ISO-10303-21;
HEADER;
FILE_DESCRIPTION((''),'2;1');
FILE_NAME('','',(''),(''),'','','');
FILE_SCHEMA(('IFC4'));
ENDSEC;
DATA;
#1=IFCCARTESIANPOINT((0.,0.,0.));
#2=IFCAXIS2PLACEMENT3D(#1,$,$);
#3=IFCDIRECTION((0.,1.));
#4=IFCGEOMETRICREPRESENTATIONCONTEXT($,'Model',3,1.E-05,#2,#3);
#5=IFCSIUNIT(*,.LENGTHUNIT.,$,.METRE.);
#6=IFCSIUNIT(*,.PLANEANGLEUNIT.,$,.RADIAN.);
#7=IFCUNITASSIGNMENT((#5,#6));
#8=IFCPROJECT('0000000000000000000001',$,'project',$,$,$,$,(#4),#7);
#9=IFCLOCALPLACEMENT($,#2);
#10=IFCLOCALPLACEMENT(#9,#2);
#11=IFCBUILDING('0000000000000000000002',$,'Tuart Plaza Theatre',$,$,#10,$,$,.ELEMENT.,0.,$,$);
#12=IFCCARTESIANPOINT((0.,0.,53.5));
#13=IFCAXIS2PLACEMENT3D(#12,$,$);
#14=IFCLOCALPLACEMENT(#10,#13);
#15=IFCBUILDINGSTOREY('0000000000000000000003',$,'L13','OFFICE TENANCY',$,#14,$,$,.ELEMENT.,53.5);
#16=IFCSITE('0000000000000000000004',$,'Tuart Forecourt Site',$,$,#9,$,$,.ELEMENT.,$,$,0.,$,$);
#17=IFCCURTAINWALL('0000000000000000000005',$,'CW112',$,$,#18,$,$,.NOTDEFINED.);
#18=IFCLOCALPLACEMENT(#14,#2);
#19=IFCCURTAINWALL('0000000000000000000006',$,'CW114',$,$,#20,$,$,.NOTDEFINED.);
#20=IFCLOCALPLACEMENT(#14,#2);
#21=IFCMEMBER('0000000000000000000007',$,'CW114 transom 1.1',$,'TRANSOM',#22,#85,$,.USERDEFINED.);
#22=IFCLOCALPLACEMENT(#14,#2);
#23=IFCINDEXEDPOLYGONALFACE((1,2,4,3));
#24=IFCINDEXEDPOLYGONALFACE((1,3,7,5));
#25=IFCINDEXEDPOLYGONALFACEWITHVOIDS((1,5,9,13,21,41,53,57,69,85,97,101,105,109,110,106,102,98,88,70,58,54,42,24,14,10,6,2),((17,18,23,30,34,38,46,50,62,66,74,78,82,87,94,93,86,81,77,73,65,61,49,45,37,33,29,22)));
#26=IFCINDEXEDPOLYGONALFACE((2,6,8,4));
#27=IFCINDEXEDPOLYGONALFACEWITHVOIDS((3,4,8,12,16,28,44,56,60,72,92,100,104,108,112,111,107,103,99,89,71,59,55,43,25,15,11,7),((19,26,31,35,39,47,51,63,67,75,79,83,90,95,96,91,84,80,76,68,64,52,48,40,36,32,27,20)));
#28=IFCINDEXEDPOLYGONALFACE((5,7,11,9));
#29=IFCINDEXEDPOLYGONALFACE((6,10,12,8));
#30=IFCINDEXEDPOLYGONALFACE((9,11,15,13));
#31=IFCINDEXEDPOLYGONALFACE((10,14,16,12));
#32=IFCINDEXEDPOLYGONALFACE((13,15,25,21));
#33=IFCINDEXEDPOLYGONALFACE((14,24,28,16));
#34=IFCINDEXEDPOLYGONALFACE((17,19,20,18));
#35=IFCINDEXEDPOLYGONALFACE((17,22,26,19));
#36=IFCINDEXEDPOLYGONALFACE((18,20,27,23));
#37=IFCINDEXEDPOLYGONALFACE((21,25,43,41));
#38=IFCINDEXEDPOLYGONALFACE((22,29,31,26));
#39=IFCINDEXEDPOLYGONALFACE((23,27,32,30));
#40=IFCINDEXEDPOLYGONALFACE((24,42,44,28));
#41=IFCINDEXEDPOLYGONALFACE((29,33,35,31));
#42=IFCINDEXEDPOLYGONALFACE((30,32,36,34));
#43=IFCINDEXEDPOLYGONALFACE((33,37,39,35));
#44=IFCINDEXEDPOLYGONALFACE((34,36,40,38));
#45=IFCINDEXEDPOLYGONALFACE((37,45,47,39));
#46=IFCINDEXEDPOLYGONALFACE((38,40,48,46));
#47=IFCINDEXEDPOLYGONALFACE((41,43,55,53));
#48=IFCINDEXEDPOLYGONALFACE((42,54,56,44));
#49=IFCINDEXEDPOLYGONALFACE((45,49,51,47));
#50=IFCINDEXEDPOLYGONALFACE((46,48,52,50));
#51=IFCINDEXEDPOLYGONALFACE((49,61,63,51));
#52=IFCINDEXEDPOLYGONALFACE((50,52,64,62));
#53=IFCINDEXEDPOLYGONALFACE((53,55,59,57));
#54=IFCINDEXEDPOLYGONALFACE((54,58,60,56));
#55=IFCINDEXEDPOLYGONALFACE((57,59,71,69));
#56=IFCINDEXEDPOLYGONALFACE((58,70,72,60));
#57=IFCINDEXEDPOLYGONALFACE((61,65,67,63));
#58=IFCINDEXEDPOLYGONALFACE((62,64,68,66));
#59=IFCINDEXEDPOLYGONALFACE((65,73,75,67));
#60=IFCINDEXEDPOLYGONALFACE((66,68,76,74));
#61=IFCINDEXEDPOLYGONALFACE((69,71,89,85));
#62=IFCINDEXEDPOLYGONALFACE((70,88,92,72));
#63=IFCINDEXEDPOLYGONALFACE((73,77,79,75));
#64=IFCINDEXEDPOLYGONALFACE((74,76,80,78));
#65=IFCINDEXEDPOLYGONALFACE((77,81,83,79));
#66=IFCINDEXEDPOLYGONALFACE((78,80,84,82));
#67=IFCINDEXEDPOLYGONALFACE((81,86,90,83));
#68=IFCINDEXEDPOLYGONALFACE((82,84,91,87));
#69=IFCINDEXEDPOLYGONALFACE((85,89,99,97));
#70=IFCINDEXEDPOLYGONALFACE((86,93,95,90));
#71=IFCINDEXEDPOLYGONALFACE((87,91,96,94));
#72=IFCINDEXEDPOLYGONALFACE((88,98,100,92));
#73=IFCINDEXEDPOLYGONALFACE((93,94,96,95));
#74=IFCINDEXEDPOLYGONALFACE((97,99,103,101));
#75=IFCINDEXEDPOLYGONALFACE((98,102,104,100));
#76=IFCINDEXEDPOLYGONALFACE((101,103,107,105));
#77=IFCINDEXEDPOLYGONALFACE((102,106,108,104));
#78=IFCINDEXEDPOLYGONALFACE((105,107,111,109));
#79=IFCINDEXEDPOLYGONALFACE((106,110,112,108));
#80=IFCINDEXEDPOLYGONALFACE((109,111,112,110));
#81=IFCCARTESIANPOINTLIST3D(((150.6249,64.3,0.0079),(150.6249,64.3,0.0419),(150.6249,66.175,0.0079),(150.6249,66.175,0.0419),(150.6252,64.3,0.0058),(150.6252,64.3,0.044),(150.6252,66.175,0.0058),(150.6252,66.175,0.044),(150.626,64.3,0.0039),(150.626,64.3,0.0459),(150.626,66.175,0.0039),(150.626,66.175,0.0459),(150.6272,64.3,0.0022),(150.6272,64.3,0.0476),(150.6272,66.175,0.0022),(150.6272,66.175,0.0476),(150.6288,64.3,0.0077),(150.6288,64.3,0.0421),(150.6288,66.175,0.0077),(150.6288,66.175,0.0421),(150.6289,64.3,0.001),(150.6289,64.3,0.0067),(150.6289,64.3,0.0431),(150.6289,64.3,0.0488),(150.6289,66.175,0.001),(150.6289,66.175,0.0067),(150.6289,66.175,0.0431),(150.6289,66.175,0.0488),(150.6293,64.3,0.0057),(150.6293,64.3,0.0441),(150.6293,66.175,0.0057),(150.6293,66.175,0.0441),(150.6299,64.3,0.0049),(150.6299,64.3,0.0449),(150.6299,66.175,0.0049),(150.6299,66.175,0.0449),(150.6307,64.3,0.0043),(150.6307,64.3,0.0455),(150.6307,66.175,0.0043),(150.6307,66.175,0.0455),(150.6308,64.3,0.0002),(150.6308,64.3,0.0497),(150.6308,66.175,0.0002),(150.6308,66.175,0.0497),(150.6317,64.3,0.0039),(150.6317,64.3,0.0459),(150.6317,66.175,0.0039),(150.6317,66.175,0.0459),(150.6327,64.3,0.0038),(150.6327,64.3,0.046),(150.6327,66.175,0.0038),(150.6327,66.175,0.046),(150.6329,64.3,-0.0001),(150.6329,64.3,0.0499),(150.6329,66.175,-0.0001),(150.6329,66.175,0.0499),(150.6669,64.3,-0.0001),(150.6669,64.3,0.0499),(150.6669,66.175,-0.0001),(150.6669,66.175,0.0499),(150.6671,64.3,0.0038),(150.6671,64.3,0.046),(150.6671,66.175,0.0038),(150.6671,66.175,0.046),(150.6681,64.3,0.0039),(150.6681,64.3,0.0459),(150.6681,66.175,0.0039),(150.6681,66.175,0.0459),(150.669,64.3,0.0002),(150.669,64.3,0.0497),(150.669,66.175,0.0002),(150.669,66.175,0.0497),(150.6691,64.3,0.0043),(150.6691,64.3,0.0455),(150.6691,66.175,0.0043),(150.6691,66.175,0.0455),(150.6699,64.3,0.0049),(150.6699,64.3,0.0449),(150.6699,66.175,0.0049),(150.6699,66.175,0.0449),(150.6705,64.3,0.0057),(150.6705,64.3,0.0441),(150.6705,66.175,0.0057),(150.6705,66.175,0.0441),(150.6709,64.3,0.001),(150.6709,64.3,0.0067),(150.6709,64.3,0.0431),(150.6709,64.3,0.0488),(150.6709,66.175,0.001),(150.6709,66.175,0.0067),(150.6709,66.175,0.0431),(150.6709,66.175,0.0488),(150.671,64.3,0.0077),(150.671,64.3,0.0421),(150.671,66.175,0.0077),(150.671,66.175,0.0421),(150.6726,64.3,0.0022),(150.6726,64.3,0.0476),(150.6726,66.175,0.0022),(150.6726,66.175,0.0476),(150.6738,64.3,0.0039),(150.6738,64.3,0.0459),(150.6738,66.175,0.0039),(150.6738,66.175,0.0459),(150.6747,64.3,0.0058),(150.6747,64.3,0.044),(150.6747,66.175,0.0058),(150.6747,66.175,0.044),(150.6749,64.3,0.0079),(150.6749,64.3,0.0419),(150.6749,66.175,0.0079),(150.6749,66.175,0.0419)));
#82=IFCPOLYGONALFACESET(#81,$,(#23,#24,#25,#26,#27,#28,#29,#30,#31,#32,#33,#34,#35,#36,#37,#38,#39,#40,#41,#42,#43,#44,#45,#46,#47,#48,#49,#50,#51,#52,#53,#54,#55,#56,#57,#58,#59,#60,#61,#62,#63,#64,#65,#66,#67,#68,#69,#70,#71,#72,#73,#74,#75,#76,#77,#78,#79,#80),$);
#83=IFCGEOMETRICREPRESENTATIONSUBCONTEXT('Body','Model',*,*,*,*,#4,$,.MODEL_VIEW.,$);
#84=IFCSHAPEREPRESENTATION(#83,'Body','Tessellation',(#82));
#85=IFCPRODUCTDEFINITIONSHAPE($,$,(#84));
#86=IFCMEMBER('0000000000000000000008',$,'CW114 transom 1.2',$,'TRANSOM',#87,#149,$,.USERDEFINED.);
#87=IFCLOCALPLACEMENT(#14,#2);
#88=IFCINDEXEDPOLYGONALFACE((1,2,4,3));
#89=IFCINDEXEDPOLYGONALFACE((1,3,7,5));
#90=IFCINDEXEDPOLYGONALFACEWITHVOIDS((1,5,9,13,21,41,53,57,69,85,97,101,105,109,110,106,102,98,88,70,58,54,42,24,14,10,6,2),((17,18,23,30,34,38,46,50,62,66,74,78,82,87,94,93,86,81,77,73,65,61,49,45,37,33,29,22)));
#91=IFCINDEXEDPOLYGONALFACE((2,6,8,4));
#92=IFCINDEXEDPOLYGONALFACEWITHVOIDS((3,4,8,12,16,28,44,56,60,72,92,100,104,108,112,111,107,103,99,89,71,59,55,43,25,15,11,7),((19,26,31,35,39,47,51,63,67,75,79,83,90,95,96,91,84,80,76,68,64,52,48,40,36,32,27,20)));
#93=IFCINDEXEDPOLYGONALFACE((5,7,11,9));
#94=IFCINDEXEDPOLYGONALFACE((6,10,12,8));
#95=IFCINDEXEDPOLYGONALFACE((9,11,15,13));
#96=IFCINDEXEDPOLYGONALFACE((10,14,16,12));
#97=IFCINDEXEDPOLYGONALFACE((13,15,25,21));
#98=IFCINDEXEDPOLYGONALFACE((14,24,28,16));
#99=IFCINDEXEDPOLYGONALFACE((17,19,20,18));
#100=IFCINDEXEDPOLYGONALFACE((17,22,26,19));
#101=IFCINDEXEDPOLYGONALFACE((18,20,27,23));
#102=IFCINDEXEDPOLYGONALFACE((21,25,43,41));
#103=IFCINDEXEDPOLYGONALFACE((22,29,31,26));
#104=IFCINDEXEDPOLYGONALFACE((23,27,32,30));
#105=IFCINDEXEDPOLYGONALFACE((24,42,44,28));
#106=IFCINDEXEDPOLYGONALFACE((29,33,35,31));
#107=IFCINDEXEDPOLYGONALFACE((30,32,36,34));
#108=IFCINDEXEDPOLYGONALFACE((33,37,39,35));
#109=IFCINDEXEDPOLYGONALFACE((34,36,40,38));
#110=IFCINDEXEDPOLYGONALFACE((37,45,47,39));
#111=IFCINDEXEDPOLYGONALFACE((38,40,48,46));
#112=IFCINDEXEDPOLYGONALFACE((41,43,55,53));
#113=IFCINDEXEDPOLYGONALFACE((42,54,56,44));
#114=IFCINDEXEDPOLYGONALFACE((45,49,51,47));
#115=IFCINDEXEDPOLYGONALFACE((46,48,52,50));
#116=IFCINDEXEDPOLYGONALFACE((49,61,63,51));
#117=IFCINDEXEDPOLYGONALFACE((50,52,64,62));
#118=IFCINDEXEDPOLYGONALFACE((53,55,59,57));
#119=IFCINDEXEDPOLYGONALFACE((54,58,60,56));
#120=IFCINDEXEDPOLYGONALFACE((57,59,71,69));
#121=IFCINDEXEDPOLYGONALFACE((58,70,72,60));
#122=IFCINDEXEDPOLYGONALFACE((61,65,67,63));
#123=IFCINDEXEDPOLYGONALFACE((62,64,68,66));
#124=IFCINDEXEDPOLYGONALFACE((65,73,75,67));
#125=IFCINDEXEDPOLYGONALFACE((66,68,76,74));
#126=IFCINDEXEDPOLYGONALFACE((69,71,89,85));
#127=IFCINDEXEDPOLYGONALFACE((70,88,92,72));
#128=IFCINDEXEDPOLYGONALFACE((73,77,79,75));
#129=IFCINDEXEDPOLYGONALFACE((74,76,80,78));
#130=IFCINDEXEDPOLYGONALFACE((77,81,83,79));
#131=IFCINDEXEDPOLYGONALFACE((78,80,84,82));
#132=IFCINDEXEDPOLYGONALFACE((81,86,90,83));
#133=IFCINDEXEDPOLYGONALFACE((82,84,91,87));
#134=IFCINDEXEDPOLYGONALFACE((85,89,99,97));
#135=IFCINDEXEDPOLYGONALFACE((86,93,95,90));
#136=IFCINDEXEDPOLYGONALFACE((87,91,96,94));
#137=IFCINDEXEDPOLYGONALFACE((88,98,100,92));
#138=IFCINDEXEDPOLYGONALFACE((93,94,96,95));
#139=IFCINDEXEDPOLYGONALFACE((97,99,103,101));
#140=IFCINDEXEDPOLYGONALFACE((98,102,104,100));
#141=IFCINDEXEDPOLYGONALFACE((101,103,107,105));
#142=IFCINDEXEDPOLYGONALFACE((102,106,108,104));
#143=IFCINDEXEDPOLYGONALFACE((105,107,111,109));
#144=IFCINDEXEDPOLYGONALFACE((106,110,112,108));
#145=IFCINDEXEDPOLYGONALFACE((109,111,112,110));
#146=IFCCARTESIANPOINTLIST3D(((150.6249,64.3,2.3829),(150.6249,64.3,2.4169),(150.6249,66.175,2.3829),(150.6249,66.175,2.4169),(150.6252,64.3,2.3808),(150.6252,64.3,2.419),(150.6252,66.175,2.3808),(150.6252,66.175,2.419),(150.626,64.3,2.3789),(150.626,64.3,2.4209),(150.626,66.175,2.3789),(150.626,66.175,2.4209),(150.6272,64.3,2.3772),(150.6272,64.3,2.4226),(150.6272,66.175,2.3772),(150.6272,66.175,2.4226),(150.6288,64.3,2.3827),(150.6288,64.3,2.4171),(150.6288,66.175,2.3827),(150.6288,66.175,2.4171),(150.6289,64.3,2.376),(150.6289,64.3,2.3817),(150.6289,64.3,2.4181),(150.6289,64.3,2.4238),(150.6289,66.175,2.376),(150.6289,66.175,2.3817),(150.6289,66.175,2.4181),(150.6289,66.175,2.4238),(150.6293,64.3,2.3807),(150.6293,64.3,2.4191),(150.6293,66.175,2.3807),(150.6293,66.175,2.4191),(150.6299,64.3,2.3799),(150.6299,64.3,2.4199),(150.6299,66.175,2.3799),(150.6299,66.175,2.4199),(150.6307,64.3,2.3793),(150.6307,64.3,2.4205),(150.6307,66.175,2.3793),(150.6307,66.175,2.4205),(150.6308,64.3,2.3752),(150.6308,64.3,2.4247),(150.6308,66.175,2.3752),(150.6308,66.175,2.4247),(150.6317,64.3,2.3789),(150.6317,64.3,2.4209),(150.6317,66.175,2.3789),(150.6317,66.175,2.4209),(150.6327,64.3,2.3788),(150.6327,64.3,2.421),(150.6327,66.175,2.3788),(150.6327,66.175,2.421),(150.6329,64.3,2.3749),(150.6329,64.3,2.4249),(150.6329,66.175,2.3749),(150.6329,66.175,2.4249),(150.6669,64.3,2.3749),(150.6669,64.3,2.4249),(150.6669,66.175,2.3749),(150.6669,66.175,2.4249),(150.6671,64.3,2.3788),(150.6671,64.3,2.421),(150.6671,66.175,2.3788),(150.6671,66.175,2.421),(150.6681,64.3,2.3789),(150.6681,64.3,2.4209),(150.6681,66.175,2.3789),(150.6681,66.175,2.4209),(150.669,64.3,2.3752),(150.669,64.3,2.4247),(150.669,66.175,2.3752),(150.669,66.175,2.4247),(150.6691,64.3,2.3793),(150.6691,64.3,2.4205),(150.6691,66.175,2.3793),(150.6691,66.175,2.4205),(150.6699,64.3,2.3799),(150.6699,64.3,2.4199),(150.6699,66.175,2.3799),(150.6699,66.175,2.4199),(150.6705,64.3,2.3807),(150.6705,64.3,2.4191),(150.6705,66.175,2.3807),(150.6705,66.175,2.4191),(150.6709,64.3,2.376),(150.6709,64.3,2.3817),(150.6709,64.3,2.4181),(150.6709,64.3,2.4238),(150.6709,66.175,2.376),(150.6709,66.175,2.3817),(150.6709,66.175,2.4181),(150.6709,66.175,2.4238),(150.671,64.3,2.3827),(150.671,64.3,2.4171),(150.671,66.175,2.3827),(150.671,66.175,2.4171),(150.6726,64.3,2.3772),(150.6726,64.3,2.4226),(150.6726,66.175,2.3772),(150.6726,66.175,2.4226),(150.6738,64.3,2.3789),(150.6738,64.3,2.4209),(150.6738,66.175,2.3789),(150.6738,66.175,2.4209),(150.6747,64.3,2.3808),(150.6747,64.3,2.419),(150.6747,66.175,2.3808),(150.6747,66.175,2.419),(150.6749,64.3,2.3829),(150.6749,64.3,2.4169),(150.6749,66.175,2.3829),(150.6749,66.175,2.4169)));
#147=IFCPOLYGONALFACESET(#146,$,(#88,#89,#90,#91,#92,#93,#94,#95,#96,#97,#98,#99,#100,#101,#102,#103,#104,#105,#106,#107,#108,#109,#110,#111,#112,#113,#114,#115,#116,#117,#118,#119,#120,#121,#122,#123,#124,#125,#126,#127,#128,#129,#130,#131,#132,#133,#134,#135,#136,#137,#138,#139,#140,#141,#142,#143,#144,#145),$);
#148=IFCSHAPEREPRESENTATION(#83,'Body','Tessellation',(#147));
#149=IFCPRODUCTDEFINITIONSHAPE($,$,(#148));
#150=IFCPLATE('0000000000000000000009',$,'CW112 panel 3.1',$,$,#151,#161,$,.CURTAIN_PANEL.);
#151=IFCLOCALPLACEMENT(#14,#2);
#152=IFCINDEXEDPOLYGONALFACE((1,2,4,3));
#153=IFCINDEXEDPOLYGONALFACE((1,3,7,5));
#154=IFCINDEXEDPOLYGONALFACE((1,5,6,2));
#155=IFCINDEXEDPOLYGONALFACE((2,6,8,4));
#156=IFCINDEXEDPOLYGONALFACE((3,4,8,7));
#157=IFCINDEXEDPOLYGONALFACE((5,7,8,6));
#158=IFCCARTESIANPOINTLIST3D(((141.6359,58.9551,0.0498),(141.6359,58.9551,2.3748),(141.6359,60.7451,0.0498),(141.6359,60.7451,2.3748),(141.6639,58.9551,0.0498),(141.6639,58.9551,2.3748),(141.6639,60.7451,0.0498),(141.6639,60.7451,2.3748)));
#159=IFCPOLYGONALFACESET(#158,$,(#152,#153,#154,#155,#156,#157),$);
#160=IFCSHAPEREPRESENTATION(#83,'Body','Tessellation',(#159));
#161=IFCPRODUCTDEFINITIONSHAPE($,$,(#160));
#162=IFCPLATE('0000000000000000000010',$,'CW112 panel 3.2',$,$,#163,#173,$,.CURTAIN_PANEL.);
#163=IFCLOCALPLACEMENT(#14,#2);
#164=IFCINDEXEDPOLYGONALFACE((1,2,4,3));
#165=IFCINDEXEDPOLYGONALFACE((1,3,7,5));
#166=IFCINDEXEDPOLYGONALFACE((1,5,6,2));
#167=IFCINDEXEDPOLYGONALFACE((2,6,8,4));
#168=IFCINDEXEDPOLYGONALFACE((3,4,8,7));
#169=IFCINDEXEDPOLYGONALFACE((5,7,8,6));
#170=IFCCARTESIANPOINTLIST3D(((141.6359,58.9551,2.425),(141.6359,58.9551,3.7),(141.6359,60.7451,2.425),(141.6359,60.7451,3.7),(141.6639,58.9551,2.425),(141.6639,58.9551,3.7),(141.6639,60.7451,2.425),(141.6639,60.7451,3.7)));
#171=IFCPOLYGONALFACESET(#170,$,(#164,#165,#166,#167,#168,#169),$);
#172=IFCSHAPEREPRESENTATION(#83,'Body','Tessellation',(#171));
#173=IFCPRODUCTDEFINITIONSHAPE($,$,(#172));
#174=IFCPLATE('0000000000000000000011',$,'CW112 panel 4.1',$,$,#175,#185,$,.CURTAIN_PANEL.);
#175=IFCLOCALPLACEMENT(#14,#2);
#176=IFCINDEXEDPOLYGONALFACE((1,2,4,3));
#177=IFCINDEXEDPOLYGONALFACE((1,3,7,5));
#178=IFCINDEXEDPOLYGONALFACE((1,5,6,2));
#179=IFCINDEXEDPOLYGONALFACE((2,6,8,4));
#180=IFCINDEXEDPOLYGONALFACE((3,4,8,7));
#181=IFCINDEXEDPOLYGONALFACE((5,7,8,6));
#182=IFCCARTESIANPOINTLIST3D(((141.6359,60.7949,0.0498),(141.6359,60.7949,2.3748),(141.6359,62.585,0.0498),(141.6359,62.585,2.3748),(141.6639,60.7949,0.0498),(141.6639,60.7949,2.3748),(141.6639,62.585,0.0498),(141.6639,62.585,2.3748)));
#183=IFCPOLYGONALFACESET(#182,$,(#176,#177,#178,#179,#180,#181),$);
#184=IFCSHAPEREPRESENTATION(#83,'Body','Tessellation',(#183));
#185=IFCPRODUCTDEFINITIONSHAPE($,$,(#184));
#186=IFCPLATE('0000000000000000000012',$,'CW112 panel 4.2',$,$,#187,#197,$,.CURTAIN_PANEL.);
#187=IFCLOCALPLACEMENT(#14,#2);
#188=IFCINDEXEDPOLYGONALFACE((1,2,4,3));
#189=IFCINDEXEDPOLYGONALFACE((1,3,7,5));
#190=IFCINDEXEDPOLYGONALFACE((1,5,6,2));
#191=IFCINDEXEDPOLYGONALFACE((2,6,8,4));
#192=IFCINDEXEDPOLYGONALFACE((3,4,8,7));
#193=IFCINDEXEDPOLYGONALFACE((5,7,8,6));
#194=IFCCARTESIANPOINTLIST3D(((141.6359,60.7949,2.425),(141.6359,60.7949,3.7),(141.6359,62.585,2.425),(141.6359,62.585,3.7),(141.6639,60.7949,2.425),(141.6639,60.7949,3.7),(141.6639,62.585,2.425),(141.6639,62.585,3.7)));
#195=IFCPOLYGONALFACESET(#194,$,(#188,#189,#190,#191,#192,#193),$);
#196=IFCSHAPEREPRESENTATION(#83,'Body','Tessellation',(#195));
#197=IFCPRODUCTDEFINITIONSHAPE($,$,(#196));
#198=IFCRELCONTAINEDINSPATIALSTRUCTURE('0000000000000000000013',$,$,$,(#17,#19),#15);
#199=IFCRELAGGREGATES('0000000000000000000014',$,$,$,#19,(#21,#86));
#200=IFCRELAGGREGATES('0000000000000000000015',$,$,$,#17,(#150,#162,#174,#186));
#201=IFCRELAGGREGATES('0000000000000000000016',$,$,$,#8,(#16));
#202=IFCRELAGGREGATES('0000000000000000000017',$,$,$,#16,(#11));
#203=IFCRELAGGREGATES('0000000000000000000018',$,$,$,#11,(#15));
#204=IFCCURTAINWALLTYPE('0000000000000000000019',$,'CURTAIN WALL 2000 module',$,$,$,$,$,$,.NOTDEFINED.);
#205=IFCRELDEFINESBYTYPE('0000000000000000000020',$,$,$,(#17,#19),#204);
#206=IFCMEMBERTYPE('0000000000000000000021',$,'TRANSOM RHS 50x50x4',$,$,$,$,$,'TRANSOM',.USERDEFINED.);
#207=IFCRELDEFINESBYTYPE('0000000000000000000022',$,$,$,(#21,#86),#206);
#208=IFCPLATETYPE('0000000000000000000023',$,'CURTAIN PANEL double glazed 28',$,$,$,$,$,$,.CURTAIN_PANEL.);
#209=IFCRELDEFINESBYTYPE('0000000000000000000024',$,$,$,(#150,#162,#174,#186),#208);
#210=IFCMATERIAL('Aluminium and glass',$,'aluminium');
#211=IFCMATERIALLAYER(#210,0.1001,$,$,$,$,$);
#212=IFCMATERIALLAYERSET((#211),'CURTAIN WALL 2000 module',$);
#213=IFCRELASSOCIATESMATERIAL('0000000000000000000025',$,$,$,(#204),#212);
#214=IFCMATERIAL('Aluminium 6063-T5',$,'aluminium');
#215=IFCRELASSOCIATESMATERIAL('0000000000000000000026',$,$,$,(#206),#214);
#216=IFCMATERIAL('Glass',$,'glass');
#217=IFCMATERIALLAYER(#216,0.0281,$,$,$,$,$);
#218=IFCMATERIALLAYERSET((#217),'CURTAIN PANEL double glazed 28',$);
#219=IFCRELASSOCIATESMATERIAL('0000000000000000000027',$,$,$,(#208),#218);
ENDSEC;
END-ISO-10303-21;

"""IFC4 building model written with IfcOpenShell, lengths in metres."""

from ifc_helpers import new_model, si_unit, direction, frame, origin, origin_2d, place, context, subcontext, project, spatial, rectangle, hollow_rectangle, extrude, material, layer, layer_set, material_profile, profile_set, type_object, element, aggregate, save


model = new_model("IFC4")

# Units and contexts
model_context = context("Model", 3, precision=1e-05, world=origin(), true_north=direction((0.0, 1.0)))
body_context = subcontext(model_context, "Body", "Model", "MODEL_VIEW")
ifc_project = project(units=[si_unit("LENGTHUNIT", "METRE"), si_unit("PLANEANGLEUNIT", "RADIAN")], contexts=[model_context])

# Site, building, storey
site_placement = place(None, origin())
site = spatial("IfcSite", under=ifc_project, at=site_placement, Name="Tuart Forecourt Site", CompositionType="ELEMENT", RefElevation=0.0)
building_placement = place(site_placement, origin())
building = spatial("IfcBuilding", under=site, at=building_placement, Name="Tuart Plaza Theatre", CompositionType="ELEMENT", ElevationOfRefHeight=0.0)
storey_placement = place(building_placement, frame((0.0, 0.0, 53.5)))
storey = spatial("IfcBuildingStorey", under=building, at=storey_placement, Name="L13", Description="OFFICE TENANCY", CompositionType="ELEMENT", Elevation=53.5)

# Curtain wall
ifc_material_1 = material(Name="Aluminium and glass", Category="aluminium")
ifc_layer_1 = layer(ifc_material_1, 0.1001)
ifc_layer_set_1 = layer_set([ifc_layer_1], Name="CURTAIN WALL 2000 module")
curtain_wall_type = type_object("IfcCurtainWallType", Name="CURTAIN WALL 2000 module", PredefinedType="NOTDEFINED", material=ifc_layer_set_1)
curtain_wall_1_placement = place(storey_placement, origin())
curtain_wall_1 = element("IfcCurtainWall", 1, at=curtain_wall_1_placement, inside=storey, type_object=curtain_wall_type, Name="CW112", PredefinedType="NOTDEFINED")

# Curtain wall
curtain_wall_2_placement = place(storey_placement, origin())
curtain_wall_2 = element("IfcCurtainWall", 2, at=curtain_wall_2_placement, inside=storey, type_object=curtain_wall_type, Name="CW114", PredefinedType="NOTDEFINED")

# Members
ifc_material_2 = material(Name="Aluminium 6063-T5", Category="aluminium")
ifc_material_profile_1 = material_profile(ifc_material_2, hollow_rectangle(XDim=0.05, YDim=0.05, WallThickness=0.0039, InnerFilletRadius=0.0039, OuterFilletRadius=0.0081, at=origin_2d()), Name="RHS 50x50x4")
ifc_profile_set_1 = profile_set([ifc_material_profile_1], Name="Aluminium 6063-T5")
member_type_1 = type_object("IfcMemberType", Name="TRANSOM RHS 50x50x4", ElementType="TRANSOM", PredefinedType="USERDEFINED", material=ifc_profile_set_1)
member_1_placement = place(storey_placement, frame((150.6499, 64.3, 0.0249), z_axis=(0.0, 1.0, 0.0), x_axis=(-1.0, 0.0, 0.0)))
member_1 = element("IfcMember", 3, at=member_1_placement, type_object=member_type_1, Name="CW114 transom 1.1", ObjectType="TRANSOM", PredefinedType="USERDEFINED", context=body_context, shape_type="SweptSolid", body=[
    extrude(hollow_rectangle(XDim=0.05, YDim=0.05, WallThickness=0.0039, InnerFilletRadius=0.0039, OuterFilletRadius=0.0081, at=origin_2d()), origin(), (0.0, 0.0, 1.0), 1.875),
])
member_2_placement = place(storey_placement, frame((150.6499, 64.3, 2.3999), z_axis=(0.0, 1.0, 0.0), x_axis=(-1.0, 0.0, 0.0)))
member_2 = element("IfcMember", 4, at=member_2_placement, type_object=member_type_1, Name="CW114 transom 1.2", ObjectType="TRANSOM", PredefinedType="USERDEFINED", context=body_context, shape_type="SweptSolid", body=[
    extrude(hollow_rectangle(XDim=0.05, YDim=0.05, WallThickness=0.0039, InnerFilletRadius=0.0039, OuterFilletRadius=0.0081, at=origin_2d()), origin(), (0.0, 0.0, 1.0), 1.875),
])
aggregate(curtain_wall_2, [member_1, member_2])

# Plates
ifc_material_3 = material(Name="Glass", Category="glass")
ifc_layer_2 = layer(ifc_material_3, 0.0281)
ifc_layer_set_2 = layer_set([ifc_layer_2], Name="CURTAIN PANEL double glazed 28")
plate_type = type_object("IfcPlateType", Name="CURTAIN PANEL double glazed 28", PredefinedType="CURTAIN_PANEL", material=ifc_layer_set_2)
plate_1_placement = place(storey_placement, frame((141.6499, 59.8501, 0.0498), z_axis=(0.0, 0.0, 1.0), x_axis=(0.0, 1.0, 0.0)))
plate_1 = element("IfcPlate", 5, at=plate_1_placement, type_object=plate_type, Name="CW112 panel 3.1", PredefinedType="CURTAIN_PANEL", context=body_context, shape_type="SweptSolid", body=[
    extrude(rectangle(XDim=1.79, YDim=0.0281, at=origin_2d()), origin(), (0.0, 0.0, 1.0), 2.325),
])
plate_2_placement = place(storey_placement, frame((141.6499, 59.8501, 2.425), z_axis=(0.0, 0.0, 1.0), x_axis=(0.0, 1.0, 0.0)))
plate_2 = element("IfcPlate", 6, at=plate_2_placement, type_object=plate_type, Name="CW112 panel 3.2", PredefinedType="CURTAIN_PANEL", context=body_context, shape_type="SweptSolid", body=[
    extrude(rectangle(XDim=1.79, YDim=0.0281, at=origin_2d()), origin(), (0.0, 0.0, 1.0), 1.2749),
])
plate_3_placement = place(storey_placement, frame((141.6499, 61.6899, 0.0498), z_axis=(0.0, 0.0, 1.0), x_axis=(0.0, 1.0, 0.0)))
plate_3 = element("IfcPlate", 7, at=plate_3_placement, type_object=plate_type, Name="CW112 panel 4.1", PredefinedType="CURTAIN_PANEL", context=body_context, shape_type="SweptSolid", body=[
    extrude(rectangle(XDim=1.79, YDim=0.0281, at=origin_2d()), origin(), (0.0, 0.0, 1.0), 2.325),
])
plate_4_placement = place(storey_placement, frame((141.6499, 61.6899, 2.425), z_axis=(0.0, 0.0, 1.0), x_axis=(0.0, 1.0, 0.0)))
plate_4 = element("IfcPlate", 8, at=plate_4_placement, type_object=plate_type, Name="CW112 panel 4.2", PredefinedType="CURTAIN_PANEL", context=body_context, shape_type="SweptSolid", body=[
    extrude(rectangle(XDim=1.79, YDim=0.0281, at=origin_2d()), origin(), (0.0, 0.0, 1.0), 1.2749),
])
aggregate(curtain_wall_1, [plate_1, plate_2, plate_3, plate_4])

save(model, "model.ifc")
